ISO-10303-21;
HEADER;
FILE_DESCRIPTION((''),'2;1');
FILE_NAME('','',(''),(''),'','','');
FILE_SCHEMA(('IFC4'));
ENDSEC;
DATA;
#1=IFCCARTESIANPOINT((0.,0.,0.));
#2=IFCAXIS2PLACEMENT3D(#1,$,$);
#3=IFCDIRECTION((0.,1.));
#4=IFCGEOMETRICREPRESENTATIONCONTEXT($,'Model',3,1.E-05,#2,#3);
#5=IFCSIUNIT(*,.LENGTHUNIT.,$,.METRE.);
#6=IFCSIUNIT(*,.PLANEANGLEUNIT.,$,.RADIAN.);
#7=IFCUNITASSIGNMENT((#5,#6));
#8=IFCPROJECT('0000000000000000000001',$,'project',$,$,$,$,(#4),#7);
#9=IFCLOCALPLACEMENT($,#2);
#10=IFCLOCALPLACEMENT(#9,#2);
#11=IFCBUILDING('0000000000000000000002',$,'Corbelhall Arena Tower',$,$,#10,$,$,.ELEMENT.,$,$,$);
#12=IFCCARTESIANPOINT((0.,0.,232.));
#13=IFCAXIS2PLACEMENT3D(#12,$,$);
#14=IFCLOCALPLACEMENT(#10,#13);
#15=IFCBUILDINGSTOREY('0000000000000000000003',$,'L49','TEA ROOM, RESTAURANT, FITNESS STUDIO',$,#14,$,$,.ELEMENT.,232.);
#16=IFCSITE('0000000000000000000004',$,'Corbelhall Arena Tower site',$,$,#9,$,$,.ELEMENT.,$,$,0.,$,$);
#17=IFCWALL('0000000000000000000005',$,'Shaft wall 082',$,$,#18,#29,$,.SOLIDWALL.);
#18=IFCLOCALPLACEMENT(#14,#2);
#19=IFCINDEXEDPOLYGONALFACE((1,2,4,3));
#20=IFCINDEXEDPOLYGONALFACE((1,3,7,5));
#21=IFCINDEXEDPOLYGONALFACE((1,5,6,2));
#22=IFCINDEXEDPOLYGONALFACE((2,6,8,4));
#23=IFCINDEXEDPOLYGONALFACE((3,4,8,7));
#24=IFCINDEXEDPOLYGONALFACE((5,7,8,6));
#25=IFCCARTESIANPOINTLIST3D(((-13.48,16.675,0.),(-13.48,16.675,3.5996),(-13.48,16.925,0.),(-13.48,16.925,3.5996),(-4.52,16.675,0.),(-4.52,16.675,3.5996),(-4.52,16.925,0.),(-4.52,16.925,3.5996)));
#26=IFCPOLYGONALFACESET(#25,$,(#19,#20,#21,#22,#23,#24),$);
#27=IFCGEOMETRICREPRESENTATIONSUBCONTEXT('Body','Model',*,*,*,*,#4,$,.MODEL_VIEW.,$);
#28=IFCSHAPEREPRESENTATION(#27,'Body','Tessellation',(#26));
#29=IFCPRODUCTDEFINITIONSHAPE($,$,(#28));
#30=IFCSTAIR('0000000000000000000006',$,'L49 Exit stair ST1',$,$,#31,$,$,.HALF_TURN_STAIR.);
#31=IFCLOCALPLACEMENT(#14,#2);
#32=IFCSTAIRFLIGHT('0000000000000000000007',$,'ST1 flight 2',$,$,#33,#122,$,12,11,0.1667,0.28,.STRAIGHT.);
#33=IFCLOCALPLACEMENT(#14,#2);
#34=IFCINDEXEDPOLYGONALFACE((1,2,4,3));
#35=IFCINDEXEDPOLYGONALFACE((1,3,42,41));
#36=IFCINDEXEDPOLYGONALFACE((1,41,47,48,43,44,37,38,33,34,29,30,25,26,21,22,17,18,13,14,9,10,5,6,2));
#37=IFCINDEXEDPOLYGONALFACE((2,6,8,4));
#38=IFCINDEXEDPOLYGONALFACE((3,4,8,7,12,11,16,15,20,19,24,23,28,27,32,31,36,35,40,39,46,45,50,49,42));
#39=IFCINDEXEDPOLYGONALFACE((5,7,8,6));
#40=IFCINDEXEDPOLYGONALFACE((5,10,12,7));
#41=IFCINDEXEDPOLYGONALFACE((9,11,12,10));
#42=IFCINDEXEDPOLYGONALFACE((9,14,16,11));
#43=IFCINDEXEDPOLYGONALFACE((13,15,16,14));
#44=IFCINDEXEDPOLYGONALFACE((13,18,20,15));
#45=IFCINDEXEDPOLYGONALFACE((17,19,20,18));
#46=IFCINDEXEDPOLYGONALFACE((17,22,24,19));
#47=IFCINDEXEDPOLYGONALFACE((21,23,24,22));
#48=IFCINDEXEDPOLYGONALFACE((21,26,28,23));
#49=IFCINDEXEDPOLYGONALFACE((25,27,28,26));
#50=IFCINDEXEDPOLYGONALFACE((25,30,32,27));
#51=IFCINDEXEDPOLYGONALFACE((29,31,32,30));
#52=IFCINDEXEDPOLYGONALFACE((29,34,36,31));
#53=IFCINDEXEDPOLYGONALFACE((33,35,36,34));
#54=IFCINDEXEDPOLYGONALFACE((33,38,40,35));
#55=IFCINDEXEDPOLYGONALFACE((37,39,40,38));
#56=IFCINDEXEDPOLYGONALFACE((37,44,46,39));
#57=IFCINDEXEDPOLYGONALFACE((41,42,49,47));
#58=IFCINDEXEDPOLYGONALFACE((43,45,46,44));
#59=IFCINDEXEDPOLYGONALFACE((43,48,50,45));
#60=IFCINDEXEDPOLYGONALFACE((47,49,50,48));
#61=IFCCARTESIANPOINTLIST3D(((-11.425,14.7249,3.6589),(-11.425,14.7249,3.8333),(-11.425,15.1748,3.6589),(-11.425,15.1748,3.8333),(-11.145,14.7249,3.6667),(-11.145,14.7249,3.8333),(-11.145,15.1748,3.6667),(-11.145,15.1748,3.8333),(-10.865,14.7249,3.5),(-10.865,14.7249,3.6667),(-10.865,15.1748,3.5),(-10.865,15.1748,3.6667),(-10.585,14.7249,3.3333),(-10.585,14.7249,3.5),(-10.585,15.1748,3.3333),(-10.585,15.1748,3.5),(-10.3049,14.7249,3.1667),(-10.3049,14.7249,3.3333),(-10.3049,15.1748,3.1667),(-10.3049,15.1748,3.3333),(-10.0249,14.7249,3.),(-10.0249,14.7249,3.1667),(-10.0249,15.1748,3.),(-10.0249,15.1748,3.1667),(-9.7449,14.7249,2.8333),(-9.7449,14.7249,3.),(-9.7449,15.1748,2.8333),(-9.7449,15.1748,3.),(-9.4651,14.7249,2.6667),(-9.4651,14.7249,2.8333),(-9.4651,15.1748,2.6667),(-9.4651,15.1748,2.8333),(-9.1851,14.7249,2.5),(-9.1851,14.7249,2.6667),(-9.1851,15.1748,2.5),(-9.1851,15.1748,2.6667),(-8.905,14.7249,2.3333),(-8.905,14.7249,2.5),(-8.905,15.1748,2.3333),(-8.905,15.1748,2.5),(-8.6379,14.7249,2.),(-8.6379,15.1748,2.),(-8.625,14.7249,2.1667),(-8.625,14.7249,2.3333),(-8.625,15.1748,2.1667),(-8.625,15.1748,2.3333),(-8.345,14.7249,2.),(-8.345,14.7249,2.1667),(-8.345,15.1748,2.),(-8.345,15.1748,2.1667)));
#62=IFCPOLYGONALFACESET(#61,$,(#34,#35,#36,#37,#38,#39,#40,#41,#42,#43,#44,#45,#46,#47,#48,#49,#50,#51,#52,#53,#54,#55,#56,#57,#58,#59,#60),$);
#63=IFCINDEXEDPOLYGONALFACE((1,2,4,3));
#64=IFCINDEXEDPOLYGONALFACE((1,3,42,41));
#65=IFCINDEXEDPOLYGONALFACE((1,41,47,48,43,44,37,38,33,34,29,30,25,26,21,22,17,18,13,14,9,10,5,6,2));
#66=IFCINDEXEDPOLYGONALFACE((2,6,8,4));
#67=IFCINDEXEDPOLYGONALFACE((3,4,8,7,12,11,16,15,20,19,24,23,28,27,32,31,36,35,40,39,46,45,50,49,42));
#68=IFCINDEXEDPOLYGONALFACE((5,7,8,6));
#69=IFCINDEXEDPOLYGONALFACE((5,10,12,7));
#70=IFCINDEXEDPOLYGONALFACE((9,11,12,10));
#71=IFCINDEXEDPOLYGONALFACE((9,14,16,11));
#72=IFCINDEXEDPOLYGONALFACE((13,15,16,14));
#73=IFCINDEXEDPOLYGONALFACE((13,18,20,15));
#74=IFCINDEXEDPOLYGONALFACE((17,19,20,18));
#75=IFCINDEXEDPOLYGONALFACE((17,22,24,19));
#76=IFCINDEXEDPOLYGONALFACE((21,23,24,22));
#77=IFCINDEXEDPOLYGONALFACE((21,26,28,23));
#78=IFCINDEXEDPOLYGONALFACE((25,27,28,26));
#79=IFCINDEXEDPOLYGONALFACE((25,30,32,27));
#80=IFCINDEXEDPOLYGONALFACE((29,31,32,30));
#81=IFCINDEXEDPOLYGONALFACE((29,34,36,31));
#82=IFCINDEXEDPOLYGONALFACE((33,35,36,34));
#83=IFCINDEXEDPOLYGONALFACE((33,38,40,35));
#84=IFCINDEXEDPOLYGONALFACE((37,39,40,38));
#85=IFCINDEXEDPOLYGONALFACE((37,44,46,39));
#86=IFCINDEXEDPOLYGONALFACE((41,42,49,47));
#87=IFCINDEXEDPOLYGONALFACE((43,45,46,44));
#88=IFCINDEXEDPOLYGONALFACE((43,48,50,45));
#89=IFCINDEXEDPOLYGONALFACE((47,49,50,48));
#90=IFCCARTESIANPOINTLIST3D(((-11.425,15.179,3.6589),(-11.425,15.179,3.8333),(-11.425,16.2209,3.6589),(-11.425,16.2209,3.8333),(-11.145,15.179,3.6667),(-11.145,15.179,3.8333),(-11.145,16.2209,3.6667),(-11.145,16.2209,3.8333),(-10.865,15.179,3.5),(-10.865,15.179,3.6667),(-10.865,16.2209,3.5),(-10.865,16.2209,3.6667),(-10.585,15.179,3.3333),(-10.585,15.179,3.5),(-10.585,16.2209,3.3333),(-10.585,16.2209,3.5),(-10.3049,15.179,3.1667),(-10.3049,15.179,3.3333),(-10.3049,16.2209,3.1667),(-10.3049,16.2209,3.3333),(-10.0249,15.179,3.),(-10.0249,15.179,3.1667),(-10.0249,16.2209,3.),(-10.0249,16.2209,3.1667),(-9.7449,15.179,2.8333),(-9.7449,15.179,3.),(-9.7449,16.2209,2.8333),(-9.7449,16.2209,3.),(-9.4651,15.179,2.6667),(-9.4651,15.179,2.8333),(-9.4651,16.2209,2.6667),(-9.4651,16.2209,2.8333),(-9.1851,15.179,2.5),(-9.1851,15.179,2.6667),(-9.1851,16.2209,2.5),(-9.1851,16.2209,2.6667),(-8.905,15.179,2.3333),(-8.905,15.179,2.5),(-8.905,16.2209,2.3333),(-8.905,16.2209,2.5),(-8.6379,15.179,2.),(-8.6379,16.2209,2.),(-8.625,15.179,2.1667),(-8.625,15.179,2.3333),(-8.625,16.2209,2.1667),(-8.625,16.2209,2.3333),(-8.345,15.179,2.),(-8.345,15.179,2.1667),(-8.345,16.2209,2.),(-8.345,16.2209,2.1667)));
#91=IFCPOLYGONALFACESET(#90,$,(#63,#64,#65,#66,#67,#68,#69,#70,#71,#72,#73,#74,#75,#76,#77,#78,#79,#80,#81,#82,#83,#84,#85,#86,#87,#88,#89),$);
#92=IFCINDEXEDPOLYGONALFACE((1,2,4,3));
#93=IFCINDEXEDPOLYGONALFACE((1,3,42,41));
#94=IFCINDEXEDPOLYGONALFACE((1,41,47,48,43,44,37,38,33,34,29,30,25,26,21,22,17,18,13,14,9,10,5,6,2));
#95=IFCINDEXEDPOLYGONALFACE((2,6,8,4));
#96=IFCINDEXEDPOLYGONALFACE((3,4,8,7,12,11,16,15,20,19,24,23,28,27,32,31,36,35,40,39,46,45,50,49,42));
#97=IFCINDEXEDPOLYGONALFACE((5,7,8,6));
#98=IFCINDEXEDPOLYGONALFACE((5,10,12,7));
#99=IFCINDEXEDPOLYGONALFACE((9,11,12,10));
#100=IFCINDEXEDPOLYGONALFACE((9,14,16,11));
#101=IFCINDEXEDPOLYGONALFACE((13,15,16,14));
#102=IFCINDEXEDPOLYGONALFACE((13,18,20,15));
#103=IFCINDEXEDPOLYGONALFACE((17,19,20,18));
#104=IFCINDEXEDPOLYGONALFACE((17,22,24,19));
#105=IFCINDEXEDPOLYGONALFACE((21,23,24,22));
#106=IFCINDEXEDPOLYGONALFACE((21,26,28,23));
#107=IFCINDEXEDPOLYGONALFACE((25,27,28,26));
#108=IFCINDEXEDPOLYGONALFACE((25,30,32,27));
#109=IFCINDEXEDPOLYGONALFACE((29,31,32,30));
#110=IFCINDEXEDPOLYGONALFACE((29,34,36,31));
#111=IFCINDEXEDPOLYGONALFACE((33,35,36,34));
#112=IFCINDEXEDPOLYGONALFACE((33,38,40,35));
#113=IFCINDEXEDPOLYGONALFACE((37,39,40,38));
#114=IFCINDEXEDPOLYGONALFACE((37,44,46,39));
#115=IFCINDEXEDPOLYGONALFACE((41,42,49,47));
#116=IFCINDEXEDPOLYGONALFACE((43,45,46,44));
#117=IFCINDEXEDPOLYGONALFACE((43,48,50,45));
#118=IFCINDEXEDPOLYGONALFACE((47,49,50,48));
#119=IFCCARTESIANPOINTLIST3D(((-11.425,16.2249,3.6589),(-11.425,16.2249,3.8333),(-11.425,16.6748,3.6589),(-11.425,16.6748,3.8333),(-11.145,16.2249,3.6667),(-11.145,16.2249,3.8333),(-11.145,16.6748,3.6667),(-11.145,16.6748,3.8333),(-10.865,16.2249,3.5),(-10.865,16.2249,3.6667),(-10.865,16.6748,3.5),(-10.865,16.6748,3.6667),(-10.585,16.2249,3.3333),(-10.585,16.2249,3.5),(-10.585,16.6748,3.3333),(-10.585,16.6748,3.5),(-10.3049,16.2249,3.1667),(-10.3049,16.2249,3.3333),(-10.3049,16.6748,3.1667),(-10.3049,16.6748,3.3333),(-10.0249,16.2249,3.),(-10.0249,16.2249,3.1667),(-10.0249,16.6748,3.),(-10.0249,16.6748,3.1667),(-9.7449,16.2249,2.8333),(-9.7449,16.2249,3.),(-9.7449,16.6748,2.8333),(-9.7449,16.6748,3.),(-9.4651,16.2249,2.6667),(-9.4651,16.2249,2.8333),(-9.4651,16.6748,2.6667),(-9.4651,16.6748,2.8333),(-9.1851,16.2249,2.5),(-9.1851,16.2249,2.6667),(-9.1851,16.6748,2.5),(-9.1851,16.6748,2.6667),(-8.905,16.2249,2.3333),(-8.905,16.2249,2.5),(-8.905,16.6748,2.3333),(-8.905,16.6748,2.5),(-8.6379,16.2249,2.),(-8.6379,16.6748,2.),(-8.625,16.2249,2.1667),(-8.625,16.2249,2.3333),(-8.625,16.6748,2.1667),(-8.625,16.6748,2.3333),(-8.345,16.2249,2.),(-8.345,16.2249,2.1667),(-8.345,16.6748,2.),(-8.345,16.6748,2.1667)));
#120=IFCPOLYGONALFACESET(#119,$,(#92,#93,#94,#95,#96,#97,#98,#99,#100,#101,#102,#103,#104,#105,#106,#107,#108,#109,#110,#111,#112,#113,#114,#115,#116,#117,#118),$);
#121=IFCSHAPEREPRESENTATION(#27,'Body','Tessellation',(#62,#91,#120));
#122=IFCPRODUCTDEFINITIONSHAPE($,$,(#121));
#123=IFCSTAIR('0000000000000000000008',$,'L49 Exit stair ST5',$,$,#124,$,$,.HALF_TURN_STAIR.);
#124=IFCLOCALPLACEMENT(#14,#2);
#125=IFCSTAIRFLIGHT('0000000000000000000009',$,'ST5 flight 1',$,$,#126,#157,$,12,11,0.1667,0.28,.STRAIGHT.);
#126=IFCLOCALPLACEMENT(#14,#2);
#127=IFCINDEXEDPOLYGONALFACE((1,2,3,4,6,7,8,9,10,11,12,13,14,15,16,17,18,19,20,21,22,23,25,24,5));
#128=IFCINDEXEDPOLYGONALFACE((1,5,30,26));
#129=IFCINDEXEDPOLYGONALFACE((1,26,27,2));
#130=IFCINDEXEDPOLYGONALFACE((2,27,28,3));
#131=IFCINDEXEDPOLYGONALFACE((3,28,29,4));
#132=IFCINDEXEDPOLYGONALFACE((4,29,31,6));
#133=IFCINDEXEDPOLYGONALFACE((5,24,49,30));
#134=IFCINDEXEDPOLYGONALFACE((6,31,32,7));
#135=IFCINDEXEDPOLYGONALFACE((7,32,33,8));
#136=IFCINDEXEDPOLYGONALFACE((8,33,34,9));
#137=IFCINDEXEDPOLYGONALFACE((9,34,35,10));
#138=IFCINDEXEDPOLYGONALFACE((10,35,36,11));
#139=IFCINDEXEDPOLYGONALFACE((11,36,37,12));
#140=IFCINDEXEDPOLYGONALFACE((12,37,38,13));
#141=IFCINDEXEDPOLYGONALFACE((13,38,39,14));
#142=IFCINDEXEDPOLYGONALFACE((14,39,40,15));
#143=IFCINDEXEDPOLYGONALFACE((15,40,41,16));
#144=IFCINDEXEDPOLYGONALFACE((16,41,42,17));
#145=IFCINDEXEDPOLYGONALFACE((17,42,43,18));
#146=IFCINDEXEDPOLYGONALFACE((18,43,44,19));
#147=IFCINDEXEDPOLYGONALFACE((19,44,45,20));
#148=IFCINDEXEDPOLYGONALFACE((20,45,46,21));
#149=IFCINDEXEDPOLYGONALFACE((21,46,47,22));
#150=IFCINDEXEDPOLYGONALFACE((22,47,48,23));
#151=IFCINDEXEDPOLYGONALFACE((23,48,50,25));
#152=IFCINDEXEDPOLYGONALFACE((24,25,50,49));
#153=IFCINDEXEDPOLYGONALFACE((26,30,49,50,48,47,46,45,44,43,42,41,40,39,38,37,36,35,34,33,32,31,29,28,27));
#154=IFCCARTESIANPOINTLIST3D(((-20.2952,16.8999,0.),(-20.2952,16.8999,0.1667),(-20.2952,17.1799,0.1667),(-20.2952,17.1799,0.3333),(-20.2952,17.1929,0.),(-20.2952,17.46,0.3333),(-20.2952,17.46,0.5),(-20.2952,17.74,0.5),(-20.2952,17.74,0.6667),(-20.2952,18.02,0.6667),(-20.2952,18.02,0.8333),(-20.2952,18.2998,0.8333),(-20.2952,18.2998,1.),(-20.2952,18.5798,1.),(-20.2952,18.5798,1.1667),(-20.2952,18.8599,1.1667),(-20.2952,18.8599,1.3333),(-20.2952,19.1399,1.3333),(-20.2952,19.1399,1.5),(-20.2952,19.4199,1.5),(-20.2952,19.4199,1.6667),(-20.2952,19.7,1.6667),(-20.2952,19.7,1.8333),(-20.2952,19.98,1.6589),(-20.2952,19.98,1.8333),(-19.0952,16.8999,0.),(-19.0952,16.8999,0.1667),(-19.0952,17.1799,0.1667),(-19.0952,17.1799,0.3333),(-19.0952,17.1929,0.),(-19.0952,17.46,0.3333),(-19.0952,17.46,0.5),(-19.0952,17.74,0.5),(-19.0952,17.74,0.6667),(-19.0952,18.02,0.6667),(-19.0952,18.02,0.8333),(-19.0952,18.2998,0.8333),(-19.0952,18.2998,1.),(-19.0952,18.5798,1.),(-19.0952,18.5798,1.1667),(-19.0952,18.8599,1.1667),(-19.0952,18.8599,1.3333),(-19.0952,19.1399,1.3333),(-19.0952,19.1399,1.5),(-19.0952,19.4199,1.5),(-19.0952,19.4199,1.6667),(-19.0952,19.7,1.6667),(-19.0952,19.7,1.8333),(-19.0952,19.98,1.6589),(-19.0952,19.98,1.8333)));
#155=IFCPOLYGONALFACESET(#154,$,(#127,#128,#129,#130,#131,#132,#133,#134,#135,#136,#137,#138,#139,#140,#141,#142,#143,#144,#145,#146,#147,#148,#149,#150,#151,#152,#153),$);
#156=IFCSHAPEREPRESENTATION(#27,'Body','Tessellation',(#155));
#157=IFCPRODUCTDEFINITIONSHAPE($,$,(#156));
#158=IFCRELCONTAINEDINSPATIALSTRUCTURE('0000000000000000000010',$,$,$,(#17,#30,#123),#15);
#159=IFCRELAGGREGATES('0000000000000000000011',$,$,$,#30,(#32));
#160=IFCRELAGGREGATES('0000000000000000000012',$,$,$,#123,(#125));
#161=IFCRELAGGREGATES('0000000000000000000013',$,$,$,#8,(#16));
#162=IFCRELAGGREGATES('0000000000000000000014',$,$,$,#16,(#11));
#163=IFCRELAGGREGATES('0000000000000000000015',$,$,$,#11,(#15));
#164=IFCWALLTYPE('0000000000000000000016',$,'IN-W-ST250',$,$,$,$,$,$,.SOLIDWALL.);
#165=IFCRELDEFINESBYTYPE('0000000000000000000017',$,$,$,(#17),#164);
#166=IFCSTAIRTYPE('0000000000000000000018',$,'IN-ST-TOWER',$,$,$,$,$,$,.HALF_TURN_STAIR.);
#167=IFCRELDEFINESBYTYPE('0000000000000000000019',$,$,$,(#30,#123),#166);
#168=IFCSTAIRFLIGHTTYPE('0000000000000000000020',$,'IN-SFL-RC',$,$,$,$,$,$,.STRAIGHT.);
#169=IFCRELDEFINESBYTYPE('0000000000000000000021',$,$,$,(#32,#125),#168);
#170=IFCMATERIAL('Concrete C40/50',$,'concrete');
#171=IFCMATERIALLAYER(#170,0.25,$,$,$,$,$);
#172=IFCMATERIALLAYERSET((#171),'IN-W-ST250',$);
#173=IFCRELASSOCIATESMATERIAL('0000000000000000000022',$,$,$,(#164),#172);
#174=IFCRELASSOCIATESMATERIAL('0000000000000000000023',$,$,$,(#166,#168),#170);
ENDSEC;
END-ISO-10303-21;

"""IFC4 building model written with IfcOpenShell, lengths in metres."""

from ifc_helpers import new_model, si_unit, direction, frame, frame_2d, origin, place, context, subcontext, project, spatial, polyline, rectangle, outline, extrude, material, layer, layer_set, type_object, element, aggregate, save


model = new_model("IFC4")

# Units and contexts
model_context = context("Model", 3, precision=1e-05, world=origin(), true_north=direction((0.0, 1.0)))
body_context = subcontext(model_context, "Body", "Model", "MODEL_VIEW")
ifc_project = project(units=[si_unit("LENGTHUNIT", "METRE"), si_unit("PLANEANGLEUNIT", "RADIAN")], contexts=[model_context])

# Site, building, storey
site_placement = place(None, origin())
site = spatial("IfcSite", under=ifc_project, at=site_placement, Name="Corbelhall Arena Tower site", CompositionType="ELEMENT", RefElevation=0.0)
building_placement = place(site_placement, origin())
building = spatial("IfcBuilding", under=site, at=building_placement, Name="Corbelhall Arena Tower", CompositionType="ELEMENT")
storey_placement = place(building_placement, frame((0.0, 0.0, 232.0)))
storey = spatial("IfcBuildingStorey", under=building, at=storey_placement, Name="L49", Description="TEA ROOM, RESTAURANT, FITNESS STUDIO", CompositionType="ELEMENT", Elevation=232.0)

# Shared definitions
ifc_material_1 = material(Name="Concrete C40/50", Category="concrete")

# Wall
ifc_layer_1 = layer(ifc_material_1, 0.25)
ifc_layer_set_1 = layer_set([ifc_layer_1], Name="IN-W-ST250")
wall_type_1 = type_object("IfcWallType", Name="IN-W-ST250", PredefinedType="SOLIDWALL", material=ifc_layer_set_1)
wall_1_placement = place(storey_placement, frame((-13.48, 16.8, 0.0), z_axis=(0.0, 0.0, 1.0), x_axis=(1.0, 0.0, 0.0)))
element("IfcWall", 1, at=wall_1_placement, inside=storey, type_object=wall_type_1, Name="Shaft wall 082", PredefinedType="SOLIDWALL", context=body_context, shape_type="SweptSolid", body=[
    extrude(rectangle(XDim=8.96, YDim=0.25, at=frame_2d((4.48, 0.0))), origin(), (0.0, 0.0, 1.0), 3.5996),
])

# Stair, stair flight
stair_type = type_object("IfcStairType", Name="IN-ST-TOWER", PredefinedType="HALF_TURN_STAIR", material=ifc_material_1)
stair_1_placement = place(storey_placement, origin())
stair_1 = element("IfcStair", 2, at=stair_1_placement, inside=storey, type_object=stair_type, Name="L49 Exit stair ST1", PredefinedType="HALF_TURN_STAIR")
stair_flight_type = type_object("IfcStairFlightType", Name="IN-SFL-RC", PredefinedType="STRAIGHT", material=ifc_material_1)
stair_flight_1_placement = place(storey_placement, frame((-8.345, 15.7, 2.0), z_axis=(0.0, 0.0, 1.0), x_axis=(-1.0, 0.0, 0.0)))
stair_flight_1 = element("IfcStairFlight", 3, at=stair_flight_1_placement, type_object=stair_flight_type, Name="ST1 flight 2", NumberOfRisers=12, NumberOfTreads=11, PredefinedType="STRAIGHT", RiserHeight=0.1667, TreadLength=0.28, context=body_context, shape_type="SweptSolid", body=[
    extrude(outline(polyline([(0.0, 0.0), (0.0, 0.1667), (0.28, 0.1667), (0.28, 0.3333), (0.5601, 0.3333), (0.5601, 0.5), (0.8401, 0.5), (0.8401, 0.6667), (1.1201, 0.6667), (1.1201, 0.8333), (1.3999, 0.8333), (1.3999, 1.0), (1.6799, 1.0), (1.6799, 1.1667), (1.96, 1.1667), (1.96, 1.3333), (2.24, 1.3333), (2.24, 1.5), (2.52, 1.5), (2.52, 1.6667), (2.8, 1.6667), (2.8, 1.8333), (3.0801, 1.8333), (3.0801, 2.0), (3.0801, 1.6589), (0.293, 0.0), (0.0, 0.0)])), frame((0.0, 0.9751, 0.0), z_axis=(0.0, -1.0, 0.0), x_axis=(1.0, 0.0, 0.0)), (0.0, 0.0, 1.0), 0.45),
    extrude(outline(polyline([(0.0, 0.0), (0.0, 0.1667), (0.28, 0.1667), (0.28, 0.3333), (0.5601, 0.3333), (0.5601, 0.5), (0.8401, 0.5), (0.8401, 0.6667), (1.1201, 0.6667), (1.1201, 0.8333), (1.3999, 0.8333), (1.3999, 1.0), (1.6799, 1.0), (1.6799, 1.1667), (1.96, 1.1667), (1.96, 1.3333), (2.24, 1.3333), (2.24, 1.5), (2.52, 1.5), (2.52, 1.6667), (2.8, 1.6667), (2.8, 1.8333), (3.0801, 1.8333), (3.0801, 2.0), (3.0801, 1.6589), (0.293, 0.0), (0.0, 0.0)])), frame((0.0, 0.521, 0.0), z_axis=(0.0, -1.0, 0.0), x_axis=(1.0, 0.0, 0.0)), (0.0, 0.0, 1.0), 1.042),
    extrude(outline(polyline([(0.0, 0.0), (0.0, 0.1667), (0.28, 0.1667), (0.28, 0.3333), (0.5601, 0.3333), (0.5601, 0.5), (0.8401, 0.5), (0.8401, 0.6667), (1.1201, 0.6667), (1.1201, 0.8333), (1.3999, 0.8333), (1.3999, 1.0), (1.6799, 1.0), (1.6799, 1.1667), (1.96, 1.1667), (1.96, 1.3333), (2.24, 1.3333), (2.24, 1.5), (2.52, 1.5), (2.52, 1.6667), (2.8, 1.6667), (2.8, 1.8333), (3.0801, 1.8333), (3.0801, 2.0), (3.0801, 1.6589), (0.293, 0.0), (0.0, 0.0)])), frame((0.0, -0.5249, 0.0), z_axis=(0.0, -1.0, 0.0), x_axis=(1.0, 0.0, 0.0)), (0.0, 0.0, 1.0), 0.45),
])
aggregate(stair_1, [stair_flight_1])

# Stair, stair flight
stair_2_placement = place(storey_placement, origin())
stair_2 = element("IfcStair", 4, at=stair_2_placement, inside=storey, type_object=stair_type, Name="L49 Exit stair ST5", PredefinedType="HALF_TURN_STAIR")
stair_flight_2_placement = place(storey_placement, frame((-19.6951, 16.8999, 0.0), z_axis=(0.0, 0.0, 1.0), x_axis=(0.0, 1.0, 0.0)))
stair_flight_2 = element("IfcStairFlight", 5, at=stair_flight_2_placement, type_object=stair_flight_type, Name="ST5 flight 1", NumberOfRisers=12, NumberOfTreads=11, PredefinedType="STRAIGHT", RiserHeight=0.1667, TreadLength=0.28, context=body_context, shape_type="SweptSolid", body=[
    extrude(outline(polyline([(0.0, 0.0), (0.0, 0.1667), (0.28, 0.1667), (0.28, 0.3333), (0.5601, 0.3333), (0.5601, 0.5), (0.8401, 0.5), (0.8401, 0.6667), (1.1201, 0.6667), (1.1201, 0.8333), (1.3999, 0.8333), (1.3999, 1.0), (1.6799, 1.0), (1.6799, 1.1667), (1.96, 1.1667), (1.96, 1.3333), (2.24, 1.3333), (2.24, 1.5), (2.52, 1.5), (2.52, 1.6667), (2.8, 1.6667), (2.8, 1.8333), (3.0801, 1.8333), (3.0801, 2.0), (3.0801, 1.6589), (0.293, 0.0), (0.0, 0.0)])), frame((0.0, 0.6001, 0.0), z_axis=(0.0, -1.0, 0.0), x_axis=(1.0, 0.0, 0.0)), (0.0, 0.0, 1.0), 1.2),
])
aggregate(stair_2, [stair_flight_2])

save(model, "model.ifc")
